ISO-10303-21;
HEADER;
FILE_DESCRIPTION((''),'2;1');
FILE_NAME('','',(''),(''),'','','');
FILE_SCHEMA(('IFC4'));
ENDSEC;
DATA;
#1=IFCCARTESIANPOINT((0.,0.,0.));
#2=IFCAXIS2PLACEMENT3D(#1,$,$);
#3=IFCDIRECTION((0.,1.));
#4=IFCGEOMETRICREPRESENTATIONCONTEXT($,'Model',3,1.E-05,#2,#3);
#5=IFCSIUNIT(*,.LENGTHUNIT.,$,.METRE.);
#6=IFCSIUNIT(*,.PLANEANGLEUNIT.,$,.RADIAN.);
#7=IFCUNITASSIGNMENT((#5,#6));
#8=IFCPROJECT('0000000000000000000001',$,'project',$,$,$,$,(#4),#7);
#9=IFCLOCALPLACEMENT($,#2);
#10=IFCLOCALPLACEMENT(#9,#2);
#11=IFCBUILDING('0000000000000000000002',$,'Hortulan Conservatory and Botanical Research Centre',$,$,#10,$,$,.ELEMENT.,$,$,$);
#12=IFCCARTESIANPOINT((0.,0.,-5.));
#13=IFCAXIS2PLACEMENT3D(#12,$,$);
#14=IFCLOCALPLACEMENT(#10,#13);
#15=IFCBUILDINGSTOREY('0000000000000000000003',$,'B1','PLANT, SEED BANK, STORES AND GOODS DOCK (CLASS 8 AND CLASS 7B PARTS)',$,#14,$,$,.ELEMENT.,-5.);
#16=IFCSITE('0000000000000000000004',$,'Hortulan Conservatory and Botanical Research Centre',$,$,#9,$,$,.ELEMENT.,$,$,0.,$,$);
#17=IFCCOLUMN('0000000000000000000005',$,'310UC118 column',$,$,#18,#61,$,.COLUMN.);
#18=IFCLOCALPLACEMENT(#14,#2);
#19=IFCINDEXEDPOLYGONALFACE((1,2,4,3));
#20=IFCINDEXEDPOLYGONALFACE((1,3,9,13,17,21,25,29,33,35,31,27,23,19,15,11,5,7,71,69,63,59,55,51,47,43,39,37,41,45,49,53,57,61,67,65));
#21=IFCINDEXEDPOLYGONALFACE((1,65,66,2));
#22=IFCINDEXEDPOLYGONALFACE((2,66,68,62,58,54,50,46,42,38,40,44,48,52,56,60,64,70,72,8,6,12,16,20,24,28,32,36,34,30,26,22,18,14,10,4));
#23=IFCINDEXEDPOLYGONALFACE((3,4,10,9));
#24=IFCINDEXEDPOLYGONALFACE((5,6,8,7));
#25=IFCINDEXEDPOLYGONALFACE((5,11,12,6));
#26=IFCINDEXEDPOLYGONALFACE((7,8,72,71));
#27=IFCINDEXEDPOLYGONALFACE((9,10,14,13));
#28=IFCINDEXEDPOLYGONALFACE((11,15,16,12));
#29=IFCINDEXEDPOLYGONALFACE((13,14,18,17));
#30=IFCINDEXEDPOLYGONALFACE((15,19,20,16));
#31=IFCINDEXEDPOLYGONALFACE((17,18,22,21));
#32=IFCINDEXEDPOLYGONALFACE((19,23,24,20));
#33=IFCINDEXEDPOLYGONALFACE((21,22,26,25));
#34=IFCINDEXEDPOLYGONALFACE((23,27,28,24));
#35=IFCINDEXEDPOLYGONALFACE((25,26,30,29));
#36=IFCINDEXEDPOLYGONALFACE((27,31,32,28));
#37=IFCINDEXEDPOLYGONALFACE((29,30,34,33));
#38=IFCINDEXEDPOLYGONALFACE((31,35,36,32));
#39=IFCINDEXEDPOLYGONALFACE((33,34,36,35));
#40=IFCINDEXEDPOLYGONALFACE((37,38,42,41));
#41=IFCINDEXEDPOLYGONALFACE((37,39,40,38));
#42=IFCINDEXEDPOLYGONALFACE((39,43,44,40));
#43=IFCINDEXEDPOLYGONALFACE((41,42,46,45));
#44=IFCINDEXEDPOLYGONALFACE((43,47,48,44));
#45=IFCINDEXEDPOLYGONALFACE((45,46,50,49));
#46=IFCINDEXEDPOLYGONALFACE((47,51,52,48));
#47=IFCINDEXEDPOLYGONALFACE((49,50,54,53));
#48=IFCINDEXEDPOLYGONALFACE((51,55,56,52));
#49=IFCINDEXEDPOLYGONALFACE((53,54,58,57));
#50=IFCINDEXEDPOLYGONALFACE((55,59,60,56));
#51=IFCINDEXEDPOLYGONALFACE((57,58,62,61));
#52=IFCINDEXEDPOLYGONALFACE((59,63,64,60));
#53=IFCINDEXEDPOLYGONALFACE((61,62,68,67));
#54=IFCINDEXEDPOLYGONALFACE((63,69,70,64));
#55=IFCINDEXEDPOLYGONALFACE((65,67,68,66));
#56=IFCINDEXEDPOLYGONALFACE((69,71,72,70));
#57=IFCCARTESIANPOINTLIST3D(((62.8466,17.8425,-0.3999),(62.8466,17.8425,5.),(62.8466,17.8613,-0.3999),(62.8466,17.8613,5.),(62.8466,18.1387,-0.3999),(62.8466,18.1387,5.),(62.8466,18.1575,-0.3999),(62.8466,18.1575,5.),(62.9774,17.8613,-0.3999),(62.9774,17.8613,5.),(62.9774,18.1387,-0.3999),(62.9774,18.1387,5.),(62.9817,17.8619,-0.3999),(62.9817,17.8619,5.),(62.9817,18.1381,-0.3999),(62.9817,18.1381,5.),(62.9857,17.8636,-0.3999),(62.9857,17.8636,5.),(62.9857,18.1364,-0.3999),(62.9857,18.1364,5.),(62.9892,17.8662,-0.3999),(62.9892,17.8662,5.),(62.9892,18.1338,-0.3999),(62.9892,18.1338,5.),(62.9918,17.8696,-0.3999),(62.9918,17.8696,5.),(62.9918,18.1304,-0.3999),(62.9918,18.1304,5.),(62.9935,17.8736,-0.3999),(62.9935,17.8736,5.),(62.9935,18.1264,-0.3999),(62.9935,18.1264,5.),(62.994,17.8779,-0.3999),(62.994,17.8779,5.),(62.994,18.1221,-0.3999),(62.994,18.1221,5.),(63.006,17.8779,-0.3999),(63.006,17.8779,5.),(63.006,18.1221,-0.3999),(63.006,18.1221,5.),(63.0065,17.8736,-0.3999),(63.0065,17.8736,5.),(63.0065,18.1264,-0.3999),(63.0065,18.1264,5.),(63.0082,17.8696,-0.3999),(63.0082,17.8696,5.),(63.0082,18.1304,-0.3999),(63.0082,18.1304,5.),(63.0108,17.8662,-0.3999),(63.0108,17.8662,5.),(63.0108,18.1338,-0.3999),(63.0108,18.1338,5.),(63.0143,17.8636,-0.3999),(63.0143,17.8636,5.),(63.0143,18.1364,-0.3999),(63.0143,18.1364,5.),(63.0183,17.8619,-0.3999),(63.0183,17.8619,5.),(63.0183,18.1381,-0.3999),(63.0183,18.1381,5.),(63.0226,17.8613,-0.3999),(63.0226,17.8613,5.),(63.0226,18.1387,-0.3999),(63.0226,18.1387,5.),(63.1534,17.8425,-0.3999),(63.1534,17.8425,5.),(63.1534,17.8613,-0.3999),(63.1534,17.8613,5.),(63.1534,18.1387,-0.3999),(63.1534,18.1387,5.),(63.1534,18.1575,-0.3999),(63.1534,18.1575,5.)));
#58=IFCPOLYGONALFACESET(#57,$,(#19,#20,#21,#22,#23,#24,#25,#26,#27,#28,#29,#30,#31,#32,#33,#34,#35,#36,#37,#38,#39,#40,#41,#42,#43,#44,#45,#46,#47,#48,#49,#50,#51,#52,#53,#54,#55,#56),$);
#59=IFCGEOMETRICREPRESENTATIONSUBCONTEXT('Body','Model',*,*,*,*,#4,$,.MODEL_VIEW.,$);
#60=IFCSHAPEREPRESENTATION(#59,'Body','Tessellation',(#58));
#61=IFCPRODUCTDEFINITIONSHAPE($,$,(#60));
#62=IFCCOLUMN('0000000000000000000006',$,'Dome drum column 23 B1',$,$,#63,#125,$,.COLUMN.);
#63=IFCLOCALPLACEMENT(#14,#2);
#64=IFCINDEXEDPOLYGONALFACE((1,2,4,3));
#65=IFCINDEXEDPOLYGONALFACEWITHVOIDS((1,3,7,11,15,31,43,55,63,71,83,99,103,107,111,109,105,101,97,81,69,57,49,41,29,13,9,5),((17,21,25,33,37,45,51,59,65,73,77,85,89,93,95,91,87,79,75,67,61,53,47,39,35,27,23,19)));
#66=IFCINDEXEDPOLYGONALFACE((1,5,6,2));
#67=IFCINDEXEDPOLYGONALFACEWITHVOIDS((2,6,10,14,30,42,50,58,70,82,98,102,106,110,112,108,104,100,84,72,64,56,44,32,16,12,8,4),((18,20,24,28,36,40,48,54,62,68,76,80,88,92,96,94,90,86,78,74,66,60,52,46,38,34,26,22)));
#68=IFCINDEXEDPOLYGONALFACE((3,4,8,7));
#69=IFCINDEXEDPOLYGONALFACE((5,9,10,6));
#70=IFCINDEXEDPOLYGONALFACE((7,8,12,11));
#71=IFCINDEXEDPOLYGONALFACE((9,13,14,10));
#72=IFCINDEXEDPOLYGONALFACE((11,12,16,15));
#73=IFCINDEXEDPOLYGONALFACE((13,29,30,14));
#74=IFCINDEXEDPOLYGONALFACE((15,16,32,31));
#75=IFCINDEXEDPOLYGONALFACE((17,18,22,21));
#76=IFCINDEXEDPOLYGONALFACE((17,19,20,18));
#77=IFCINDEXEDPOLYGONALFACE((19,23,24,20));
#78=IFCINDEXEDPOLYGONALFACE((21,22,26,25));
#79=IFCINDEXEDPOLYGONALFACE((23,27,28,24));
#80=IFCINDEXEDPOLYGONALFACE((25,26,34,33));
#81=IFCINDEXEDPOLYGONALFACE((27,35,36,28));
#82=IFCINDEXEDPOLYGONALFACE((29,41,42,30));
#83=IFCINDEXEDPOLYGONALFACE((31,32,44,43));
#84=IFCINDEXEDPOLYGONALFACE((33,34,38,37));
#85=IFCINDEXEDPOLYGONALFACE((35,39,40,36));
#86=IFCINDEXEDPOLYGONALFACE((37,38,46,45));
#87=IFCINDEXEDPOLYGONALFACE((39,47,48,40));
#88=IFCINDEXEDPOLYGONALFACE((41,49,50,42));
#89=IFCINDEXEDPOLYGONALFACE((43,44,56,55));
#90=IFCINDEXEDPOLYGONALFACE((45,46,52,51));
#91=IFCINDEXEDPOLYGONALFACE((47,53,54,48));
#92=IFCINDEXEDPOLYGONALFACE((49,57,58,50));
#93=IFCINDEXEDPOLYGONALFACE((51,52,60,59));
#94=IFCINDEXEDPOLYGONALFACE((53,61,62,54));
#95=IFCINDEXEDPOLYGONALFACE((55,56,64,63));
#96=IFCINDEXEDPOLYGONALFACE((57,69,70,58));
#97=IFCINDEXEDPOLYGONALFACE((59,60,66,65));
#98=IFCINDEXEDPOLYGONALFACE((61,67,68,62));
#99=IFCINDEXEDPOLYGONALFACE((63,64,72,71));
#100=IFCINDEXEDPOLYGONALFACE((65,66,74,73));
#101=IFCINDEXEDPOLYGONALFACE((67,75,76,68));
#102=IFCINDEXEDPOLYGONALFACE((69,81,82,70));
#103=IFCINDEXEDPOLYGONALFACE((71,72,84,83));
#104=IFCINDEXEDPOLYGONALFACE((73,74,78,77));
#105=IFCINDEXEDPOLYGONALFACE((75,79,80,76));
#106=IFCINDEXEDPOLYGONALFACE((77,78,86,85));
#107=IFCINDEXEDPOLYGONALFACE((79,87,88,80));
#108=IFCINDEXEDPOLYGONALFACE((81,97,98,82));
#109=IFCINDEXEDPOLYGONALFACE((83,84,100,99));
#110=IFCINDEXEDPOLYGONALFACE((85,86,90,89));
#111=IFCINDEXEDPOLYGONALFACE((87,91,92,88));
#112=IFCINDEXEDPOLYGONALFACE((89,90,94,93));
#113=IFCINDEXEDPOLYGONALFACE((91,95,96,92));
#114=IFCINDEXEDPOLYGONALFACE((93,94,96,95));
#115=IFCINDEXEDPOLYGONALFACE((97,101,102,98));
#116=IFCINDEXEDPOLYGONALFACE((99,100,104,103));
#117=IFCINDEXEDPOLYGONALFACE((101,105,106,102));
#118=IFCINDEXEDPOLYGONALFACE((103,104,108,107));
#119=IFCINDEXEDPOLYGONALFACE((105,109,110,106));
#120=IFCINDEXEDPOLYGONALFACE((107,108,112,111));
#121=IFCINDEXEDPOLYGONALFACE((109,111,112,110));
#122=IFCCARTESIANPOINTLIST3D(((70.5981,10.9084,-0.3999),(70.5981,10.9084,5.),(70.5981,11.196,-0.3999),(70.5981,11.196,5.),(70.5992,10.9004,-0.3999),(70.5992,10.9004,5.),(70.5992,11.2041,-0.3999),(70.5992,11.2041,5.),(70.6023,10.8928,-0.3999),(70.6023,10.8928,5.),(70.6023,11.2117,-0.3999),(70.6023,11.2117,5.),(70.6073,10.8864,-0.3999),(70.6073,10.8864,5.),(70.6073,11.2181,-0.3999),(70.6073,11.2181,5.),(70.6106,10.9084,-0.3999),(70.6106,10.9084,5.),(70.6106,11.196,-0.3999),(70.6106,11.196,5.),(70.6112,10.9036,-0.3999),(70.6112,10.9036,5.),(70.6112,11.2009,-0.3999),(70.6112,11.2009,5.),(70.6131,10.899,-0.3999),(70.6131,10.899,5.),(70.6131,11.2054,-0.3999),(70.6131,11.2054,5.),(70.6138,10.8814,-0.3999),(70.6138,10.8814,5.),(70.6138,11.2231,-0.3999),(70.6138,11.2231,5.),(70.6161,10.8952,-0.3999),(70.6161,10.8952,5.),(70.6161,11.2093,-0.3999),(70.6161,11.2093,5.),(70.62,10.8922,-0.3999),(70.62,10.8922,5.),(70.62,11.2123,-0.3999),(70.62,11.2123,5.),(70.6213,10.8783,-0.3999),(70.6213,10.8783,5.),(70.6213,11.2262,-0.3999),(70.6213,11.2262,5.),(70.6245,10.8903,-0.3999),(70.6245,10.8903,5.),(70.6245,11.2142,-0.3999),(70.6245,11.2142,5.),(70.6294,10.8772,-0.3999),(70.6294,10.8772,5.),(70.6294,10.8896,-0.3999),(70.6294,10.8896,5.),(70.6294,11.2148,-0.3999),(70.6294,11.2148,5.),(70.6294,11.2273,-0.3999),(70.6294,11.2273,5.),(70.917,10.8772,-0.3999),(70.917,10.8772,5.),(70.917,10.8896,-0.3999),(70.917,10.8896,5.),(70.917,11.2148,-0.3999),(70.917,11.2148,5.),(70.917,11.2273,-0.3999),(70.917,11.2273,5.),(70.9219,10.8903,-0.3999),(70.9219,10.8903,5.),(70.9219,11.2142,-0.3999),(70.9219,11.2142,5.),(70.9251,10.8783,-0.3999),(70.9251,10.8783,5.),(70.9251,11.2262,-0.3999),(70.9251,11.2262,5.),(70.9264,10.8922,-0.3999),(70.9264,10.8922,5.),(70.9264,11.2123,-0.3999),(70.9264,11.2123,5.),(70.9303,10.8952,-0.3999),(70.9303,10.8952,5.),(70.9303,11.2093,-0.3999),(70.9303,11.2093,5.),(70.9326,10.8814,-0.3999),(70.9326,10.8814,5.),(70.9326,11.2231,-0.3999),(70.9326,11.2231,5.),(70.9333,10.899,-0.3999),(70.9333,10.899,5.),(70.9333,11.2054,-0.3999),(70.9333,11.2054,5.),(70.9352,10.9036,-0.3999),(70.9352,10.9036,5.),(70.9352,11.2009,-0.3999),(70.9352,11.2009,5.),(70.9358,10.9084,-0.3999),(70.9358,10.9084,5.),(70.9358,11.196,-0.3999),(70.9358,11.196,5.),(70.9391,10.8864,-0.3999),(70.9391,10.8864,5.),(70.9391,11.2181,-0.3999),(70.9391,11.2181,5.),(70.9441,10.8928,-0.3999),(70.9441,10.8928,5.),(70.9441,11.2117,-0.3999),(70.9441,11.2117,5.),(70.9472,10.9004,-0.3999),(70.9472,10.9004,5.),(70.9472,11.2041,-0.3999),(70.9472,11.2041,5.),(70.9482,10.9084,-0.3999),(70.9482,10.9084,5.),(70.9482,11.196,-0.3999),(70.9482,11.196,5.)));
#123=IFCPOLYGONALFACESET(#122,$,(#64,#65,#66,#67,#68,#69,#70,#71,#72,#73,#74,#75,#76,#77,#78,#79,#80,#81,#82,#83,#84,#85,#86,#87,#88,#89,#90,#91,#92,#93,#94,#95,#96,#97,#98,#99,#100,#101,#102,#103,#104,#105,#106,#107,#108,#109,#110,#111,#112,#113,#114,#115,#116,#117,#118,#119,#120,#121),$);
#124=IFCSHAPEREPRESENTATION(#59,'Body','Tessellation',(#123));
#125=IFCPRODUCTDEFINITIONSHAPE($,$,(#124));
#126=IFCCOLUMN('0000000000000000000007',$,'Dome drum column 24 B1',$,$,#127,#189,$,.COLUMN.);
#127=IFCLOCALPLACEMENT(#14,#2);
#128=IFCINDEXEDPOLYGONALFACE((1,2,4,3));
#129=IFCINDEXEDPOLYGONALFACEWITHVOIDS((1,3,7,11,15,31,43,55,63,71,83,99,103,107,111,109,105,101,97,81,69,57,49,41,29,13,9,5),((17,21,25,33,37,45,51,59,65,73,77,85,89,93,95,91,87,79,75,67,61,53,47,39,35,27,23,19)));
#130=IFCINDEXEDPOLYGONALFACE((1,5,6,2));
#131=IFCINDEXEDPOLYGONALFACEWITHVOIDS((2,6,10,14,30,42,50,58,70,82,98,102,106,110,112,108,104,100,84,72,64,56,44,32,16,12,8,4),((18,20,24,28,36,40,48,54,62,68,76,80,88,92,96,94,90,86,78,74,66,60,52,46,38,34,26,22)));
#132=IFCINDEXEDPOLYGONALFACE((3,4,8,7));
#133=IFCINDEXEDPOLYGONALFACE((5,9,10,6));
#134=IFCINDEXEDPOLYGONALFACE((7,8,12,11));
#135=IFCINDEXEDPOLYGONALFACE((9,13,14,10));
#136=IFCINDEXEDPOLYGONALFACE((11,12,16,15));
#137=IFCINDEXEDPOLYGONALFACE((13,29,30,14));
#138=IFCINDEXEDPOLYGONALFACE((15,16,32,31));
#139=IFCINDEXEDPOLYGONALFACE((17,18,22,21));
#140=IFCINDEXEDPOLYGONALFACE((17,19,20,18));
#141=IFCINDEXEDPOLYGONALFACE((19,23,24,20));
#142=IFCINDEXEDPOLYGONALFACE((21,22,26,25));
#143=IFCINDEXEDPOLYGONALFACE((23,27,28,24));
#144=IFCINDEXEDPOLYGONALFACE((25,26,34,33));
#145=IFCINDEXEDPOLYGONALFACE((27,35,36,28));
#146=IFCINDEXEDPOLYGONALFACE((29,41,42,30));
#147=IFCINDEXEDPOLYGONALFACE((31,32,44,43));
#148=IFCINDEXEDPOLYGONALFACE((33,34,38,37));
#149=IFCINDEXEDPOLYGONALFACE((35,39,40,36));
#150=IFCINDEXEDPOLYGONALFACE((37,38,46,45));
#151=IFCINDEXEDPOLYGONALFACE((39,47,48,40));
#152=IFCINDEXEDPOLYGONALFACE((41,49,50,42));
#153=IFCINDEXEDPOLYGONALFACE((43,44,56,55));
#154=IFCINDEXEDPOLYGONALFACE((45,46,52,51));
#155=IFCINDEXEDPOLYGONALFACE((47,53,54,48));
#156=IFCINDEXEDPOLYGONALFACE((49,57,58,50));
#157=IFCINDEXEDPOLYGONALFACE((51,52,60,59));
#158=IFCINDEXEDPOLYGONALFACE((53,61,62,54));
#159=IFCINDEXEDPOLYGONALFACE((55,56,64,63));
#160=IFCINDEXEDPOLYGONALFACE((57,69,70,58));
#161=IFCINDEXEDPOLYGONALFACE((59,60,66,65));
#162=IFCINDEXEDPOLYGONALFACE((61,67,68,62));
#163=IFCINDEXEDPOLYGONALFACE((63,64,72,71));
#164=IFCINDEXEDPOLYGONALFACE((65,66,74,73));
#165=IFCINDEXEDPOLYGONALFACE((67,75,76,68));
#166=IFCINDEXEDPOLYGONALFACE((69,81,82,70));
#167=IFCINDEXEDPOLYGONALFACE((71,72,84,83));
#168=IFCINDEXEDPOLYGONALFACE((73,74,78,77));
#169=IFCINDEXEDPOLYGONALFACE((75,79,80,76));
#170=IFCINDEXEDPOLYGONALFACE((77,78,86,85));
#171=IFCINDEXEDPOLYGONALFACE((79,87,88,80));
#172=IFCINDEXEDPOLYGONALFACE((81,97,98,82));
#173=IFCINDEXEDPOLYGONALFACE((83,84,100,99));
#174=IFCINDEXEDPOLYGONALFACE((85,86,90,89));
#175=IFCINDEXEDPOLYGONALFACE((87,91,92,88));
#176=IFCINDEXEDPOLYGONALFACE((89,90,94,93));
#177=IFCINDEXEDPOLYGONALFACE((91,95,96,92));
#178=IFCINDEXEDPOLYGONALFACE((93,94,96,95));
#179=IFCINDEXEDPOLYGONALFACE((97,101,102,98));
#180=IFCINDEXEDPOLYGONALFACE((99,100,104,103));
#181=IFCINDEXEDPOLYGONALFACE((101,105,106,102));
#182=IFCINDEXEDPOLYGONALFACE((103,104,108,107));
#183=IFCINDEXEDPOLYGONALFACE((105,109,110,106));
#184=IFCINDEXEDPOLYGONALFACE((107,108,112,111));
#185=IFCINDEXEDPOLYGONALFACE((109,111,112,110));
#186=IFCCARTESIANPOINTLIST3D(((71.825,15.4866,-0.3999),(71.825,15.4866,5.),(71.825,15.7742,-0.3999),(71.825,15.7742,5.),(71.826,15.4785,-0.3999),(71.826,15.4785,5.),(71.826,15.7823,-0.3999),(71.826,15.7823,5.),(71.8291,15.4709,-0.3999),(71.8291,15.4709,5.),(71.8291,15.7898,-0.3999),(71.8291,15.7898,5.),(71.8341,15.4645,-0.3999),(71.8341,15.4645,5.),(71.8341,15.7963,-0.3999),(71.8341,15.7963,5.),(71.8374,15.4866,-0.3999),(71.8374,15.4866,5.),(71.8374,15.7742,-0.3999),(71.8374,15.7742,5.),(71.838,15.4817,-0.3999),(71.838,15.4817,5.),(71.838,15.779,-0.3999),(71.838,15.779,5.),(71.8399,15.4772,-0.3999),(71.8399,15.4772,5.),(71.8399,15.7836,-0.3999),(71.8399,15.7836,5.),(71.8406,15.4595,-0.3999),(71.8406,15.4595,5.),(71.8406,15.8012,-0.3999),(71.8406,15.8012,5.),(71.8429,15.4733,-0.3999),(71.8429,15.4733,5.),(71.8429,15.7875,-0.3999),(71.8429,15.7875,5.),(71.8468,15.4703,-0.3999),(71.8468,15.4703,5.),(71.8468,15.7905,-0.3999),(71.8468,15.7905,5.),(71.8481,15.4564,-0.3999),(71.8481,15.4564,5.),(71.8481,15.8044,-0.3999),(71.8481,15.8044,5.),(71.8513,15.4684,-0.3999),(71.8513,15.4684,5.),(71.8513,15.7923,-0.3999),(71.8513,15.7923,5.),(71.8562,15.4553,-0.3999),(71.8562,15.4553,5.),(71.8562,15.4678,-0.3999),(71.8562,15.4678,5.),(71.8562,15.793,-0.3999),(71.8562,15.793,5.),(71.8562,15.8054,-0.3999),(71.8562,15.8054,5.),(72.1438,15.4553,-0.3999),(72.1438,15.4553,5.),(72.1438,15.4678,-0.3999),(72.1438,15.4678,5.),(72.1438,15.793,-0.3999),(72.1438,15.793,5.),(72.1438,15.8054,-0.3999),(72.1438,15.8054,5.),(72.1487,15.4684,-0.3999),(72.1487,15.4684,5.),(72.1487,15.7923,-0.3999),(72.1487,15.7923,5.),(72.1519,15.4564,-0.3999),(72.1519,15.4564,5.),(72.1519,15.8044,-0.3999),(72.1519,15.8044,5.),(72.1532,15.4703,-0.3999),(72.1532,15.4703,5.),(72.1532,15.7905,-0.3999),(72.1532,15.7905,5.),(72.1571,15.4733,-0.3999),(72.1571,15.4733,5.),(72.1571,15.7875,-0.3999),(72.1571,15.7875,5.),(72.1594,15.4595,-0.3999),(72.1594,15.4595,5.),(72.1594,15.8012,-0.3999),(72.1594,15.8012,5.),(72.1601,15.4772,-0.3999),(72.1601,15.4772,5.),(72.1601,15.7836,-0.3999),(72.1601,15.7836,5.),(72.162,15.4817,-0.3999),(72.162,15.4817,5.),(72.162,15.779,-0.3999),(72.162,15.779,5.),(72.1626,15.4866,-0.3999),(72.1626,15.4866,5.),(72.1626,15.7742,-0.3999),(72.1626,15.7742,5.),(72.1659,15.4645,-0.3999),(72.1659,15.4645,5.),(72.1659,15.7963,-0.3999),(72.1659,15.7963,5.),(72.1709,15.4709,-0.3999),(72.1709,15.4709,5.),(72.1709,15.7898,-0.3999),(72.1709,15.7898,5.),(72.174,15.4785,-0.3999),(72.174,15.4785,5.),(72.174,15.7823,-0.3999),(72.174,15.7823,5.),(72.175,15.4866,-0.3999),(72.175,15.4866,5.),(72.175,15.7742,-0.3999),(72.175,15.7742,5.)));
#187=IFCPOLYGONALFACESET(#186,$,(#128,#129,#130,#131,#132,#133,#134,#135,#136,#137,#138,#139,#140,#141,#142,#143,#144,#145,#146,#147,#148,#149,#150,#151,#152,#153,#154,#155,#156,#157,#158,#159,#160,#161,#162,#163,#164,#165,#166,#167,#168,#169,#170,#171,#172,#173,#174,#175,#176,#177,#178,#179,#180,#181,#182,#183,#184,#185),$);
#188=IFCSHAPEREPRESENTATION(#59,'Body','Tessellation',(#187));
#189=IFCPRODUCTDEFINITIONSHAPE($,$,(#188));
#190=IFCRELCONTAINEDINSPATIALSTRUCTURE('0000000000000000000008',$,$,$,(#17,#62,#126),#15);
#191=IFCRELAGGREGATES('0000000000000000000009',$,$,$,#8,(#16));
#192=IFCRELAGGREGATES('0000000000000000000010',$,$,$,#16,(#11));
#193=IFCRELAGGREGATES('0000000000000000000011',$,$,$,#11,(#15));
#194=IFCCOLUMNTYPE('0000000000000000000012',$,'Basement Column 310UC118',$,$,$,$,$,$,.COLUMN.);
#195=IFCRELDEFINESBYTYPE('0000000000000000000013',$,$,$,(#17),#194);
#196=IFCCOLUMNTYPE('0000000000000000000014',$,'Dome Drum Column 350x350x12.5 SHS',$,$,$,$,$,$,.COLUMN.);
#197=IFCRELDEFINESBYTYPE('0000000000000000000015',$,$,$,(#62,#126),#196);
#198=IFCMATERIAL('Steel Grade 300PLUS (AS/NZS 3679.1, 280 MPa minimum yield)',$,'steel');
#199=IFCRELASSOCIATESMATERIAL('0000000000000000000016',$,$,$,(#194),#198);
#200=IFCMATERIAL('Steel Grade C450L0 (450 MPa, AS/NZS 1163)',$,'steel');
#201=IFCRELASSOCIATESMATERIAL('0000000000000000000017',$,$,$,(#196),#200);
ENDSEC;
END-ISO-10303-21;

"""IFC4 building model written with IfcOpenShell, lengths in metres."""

from ifc_helpers import new_model, si_unit, direction, frame, origin, origin_2d, place, context, subcontext, project, spatial, hollow_rectangle, i_section, extrude, material, material_profile, profile_set, type_object, element, save


model = new_model("IFC4")

# Units and contexts
model_context = context("Model", 3, precision=1e-05, world=origin(), true_north=direction((0.0, 1.0)))
body_context = subcontext(model_context, "Body", "Model", "MODEL_VIEW")
ifc_project = project(units=[si_unit("LENGTHUNIT", "METRE"), si_unit("PLANEANGLEUNIT", "RADIAN")], contexts=[model_context])

# Site, building, storey
site_placement = place(None, origin())
site = spatial("IfcSite", under=ifc_project, at=site_placement, Name="Hortulan Conservatory and Botanical Research Centre", CompositionType="ELEMENT", RefElevation=0.0)
building_placement = place(site_placement, origin())
building = spatial("IfcBuilding", under=site, at=building_placement, Name="Hortulan Conservatory and Botanical Research Centre", CompositionType="ELEMENT")
storey_placement = place(building_placement, frame((0.0, 0.0, -5.0)))
storey = spatial("IfcBuildingStorey", under=building, at=storey_placement, Name="B1", Description="PLANT, SEED BANK, STORES AND GOODS DOCK (CLASS 8 AND CLASS 7B PARTS)", CompositionType="ELEMENT", Elevation=-5.0)

# Columns
ifc_material_1 = material(Name="Steel Grade 300PLUS (AS/NZS 3679.1, 280 MPa minimum yield)", Category="steel")
ifc_material_profile_1 = material_profile(ifc_material_1, i_section(OverallWidth=0.3069, OverallDepth=0.3149, WebThickness=0.012, FlangeThickness=0.0188, FilletRadius=0.0166, at=origin_2d()), Name="310UC118")
ifc_profile_set_1 = profile_set([ifc_material_profile_1], Name="Steel Grade 300PLUS (AS/NZS 3679.1, 280 MPa minimum yield)")
column_type_1 = type_object("IfcColumnType", Name="Basement Column 310UC118", PredefinedType="COLUMN", material=ifc_profile_set_1)
column_placement = place(storey_placement, frame((63.0, 18.0, -0.3999), z_axis=(0.0, 0.0, 1.0), x_axis=(1.0, 0.0, 0.0)))
element("IfcColumn", 1, at=column_placement, inside=storey, type_object=column_type_1, Name="310UC118 column", PredefinedType="COLUMN", context=body_context, shape_type="SweptSolid", body=[
    extrude(i_section(OverallWidth=0.3069, OverallDepth=0.3149, WebThickness=0.012, FlangeThickness=0.0188, FilletRadius=0.0166, at=origin_2d()), origin(), (0.0, 0.0, 1.0), 5.3999),
])
ifc_material_2 = material(Name="Steel Grade C450L0 (450 MPa, AS/NZS 1163)", Category="steel")
ifc_material_profile_2 = material_profile(ifc_material_2, hollow_rectangle(XDim=0.3501, YDim=0.3501, WallThickness=0.0125, InnerFilletRadius=0.0188, OuterFilletRadius=0.0312, at=origin_2d()), Name="350x350x12.5SHS")
ifc_profile_set_2 = profile_set([ifc_material_profile_2], Name="Steel Grade C450L0 (450 MPa, AS/NZS 1163)")
column_type_2 = type_object("IfcColumnType", Name="Dome Drum Column 350x350x12.5 SHS", PredefinedType="COLUMN", material=ifc_profile_set_2)
for number, where, z_axis, x_axis, name in (
    (2, (70.7732, 11.0522, -0.3999), (0.0, 0.0, 1.0), (1.0, 0.0, 0.0), "Dome drum column 23 B1"),
    (3, (72.0, 15.6304, -0.3999), (0.0, 0.0, 1.0), (1.0, 0.0, 0.0), "Dome drum column 24 B1"),
):
    element("IfcColumn", number, at=place(storey_placement, frame(where, z_axis=z_axis, x_axis=x_axis)), inside=storey, type_object=column_type_2, Name=name, PredefinedType="COLUMN", context=body_context, shape_type="SweptSolid", body=[
        extrude(hollow_rectangle(XDim=0.3501, YDim=0.3501, WallThickness=0.0125, InnerFilletRadius=0.0188, OuterFilletRadius=0.0312, at=origin_2d()), origin(), (0.0, 0.0, 1.0), 5.3999),
    ])

save(model, "model.ifc")
